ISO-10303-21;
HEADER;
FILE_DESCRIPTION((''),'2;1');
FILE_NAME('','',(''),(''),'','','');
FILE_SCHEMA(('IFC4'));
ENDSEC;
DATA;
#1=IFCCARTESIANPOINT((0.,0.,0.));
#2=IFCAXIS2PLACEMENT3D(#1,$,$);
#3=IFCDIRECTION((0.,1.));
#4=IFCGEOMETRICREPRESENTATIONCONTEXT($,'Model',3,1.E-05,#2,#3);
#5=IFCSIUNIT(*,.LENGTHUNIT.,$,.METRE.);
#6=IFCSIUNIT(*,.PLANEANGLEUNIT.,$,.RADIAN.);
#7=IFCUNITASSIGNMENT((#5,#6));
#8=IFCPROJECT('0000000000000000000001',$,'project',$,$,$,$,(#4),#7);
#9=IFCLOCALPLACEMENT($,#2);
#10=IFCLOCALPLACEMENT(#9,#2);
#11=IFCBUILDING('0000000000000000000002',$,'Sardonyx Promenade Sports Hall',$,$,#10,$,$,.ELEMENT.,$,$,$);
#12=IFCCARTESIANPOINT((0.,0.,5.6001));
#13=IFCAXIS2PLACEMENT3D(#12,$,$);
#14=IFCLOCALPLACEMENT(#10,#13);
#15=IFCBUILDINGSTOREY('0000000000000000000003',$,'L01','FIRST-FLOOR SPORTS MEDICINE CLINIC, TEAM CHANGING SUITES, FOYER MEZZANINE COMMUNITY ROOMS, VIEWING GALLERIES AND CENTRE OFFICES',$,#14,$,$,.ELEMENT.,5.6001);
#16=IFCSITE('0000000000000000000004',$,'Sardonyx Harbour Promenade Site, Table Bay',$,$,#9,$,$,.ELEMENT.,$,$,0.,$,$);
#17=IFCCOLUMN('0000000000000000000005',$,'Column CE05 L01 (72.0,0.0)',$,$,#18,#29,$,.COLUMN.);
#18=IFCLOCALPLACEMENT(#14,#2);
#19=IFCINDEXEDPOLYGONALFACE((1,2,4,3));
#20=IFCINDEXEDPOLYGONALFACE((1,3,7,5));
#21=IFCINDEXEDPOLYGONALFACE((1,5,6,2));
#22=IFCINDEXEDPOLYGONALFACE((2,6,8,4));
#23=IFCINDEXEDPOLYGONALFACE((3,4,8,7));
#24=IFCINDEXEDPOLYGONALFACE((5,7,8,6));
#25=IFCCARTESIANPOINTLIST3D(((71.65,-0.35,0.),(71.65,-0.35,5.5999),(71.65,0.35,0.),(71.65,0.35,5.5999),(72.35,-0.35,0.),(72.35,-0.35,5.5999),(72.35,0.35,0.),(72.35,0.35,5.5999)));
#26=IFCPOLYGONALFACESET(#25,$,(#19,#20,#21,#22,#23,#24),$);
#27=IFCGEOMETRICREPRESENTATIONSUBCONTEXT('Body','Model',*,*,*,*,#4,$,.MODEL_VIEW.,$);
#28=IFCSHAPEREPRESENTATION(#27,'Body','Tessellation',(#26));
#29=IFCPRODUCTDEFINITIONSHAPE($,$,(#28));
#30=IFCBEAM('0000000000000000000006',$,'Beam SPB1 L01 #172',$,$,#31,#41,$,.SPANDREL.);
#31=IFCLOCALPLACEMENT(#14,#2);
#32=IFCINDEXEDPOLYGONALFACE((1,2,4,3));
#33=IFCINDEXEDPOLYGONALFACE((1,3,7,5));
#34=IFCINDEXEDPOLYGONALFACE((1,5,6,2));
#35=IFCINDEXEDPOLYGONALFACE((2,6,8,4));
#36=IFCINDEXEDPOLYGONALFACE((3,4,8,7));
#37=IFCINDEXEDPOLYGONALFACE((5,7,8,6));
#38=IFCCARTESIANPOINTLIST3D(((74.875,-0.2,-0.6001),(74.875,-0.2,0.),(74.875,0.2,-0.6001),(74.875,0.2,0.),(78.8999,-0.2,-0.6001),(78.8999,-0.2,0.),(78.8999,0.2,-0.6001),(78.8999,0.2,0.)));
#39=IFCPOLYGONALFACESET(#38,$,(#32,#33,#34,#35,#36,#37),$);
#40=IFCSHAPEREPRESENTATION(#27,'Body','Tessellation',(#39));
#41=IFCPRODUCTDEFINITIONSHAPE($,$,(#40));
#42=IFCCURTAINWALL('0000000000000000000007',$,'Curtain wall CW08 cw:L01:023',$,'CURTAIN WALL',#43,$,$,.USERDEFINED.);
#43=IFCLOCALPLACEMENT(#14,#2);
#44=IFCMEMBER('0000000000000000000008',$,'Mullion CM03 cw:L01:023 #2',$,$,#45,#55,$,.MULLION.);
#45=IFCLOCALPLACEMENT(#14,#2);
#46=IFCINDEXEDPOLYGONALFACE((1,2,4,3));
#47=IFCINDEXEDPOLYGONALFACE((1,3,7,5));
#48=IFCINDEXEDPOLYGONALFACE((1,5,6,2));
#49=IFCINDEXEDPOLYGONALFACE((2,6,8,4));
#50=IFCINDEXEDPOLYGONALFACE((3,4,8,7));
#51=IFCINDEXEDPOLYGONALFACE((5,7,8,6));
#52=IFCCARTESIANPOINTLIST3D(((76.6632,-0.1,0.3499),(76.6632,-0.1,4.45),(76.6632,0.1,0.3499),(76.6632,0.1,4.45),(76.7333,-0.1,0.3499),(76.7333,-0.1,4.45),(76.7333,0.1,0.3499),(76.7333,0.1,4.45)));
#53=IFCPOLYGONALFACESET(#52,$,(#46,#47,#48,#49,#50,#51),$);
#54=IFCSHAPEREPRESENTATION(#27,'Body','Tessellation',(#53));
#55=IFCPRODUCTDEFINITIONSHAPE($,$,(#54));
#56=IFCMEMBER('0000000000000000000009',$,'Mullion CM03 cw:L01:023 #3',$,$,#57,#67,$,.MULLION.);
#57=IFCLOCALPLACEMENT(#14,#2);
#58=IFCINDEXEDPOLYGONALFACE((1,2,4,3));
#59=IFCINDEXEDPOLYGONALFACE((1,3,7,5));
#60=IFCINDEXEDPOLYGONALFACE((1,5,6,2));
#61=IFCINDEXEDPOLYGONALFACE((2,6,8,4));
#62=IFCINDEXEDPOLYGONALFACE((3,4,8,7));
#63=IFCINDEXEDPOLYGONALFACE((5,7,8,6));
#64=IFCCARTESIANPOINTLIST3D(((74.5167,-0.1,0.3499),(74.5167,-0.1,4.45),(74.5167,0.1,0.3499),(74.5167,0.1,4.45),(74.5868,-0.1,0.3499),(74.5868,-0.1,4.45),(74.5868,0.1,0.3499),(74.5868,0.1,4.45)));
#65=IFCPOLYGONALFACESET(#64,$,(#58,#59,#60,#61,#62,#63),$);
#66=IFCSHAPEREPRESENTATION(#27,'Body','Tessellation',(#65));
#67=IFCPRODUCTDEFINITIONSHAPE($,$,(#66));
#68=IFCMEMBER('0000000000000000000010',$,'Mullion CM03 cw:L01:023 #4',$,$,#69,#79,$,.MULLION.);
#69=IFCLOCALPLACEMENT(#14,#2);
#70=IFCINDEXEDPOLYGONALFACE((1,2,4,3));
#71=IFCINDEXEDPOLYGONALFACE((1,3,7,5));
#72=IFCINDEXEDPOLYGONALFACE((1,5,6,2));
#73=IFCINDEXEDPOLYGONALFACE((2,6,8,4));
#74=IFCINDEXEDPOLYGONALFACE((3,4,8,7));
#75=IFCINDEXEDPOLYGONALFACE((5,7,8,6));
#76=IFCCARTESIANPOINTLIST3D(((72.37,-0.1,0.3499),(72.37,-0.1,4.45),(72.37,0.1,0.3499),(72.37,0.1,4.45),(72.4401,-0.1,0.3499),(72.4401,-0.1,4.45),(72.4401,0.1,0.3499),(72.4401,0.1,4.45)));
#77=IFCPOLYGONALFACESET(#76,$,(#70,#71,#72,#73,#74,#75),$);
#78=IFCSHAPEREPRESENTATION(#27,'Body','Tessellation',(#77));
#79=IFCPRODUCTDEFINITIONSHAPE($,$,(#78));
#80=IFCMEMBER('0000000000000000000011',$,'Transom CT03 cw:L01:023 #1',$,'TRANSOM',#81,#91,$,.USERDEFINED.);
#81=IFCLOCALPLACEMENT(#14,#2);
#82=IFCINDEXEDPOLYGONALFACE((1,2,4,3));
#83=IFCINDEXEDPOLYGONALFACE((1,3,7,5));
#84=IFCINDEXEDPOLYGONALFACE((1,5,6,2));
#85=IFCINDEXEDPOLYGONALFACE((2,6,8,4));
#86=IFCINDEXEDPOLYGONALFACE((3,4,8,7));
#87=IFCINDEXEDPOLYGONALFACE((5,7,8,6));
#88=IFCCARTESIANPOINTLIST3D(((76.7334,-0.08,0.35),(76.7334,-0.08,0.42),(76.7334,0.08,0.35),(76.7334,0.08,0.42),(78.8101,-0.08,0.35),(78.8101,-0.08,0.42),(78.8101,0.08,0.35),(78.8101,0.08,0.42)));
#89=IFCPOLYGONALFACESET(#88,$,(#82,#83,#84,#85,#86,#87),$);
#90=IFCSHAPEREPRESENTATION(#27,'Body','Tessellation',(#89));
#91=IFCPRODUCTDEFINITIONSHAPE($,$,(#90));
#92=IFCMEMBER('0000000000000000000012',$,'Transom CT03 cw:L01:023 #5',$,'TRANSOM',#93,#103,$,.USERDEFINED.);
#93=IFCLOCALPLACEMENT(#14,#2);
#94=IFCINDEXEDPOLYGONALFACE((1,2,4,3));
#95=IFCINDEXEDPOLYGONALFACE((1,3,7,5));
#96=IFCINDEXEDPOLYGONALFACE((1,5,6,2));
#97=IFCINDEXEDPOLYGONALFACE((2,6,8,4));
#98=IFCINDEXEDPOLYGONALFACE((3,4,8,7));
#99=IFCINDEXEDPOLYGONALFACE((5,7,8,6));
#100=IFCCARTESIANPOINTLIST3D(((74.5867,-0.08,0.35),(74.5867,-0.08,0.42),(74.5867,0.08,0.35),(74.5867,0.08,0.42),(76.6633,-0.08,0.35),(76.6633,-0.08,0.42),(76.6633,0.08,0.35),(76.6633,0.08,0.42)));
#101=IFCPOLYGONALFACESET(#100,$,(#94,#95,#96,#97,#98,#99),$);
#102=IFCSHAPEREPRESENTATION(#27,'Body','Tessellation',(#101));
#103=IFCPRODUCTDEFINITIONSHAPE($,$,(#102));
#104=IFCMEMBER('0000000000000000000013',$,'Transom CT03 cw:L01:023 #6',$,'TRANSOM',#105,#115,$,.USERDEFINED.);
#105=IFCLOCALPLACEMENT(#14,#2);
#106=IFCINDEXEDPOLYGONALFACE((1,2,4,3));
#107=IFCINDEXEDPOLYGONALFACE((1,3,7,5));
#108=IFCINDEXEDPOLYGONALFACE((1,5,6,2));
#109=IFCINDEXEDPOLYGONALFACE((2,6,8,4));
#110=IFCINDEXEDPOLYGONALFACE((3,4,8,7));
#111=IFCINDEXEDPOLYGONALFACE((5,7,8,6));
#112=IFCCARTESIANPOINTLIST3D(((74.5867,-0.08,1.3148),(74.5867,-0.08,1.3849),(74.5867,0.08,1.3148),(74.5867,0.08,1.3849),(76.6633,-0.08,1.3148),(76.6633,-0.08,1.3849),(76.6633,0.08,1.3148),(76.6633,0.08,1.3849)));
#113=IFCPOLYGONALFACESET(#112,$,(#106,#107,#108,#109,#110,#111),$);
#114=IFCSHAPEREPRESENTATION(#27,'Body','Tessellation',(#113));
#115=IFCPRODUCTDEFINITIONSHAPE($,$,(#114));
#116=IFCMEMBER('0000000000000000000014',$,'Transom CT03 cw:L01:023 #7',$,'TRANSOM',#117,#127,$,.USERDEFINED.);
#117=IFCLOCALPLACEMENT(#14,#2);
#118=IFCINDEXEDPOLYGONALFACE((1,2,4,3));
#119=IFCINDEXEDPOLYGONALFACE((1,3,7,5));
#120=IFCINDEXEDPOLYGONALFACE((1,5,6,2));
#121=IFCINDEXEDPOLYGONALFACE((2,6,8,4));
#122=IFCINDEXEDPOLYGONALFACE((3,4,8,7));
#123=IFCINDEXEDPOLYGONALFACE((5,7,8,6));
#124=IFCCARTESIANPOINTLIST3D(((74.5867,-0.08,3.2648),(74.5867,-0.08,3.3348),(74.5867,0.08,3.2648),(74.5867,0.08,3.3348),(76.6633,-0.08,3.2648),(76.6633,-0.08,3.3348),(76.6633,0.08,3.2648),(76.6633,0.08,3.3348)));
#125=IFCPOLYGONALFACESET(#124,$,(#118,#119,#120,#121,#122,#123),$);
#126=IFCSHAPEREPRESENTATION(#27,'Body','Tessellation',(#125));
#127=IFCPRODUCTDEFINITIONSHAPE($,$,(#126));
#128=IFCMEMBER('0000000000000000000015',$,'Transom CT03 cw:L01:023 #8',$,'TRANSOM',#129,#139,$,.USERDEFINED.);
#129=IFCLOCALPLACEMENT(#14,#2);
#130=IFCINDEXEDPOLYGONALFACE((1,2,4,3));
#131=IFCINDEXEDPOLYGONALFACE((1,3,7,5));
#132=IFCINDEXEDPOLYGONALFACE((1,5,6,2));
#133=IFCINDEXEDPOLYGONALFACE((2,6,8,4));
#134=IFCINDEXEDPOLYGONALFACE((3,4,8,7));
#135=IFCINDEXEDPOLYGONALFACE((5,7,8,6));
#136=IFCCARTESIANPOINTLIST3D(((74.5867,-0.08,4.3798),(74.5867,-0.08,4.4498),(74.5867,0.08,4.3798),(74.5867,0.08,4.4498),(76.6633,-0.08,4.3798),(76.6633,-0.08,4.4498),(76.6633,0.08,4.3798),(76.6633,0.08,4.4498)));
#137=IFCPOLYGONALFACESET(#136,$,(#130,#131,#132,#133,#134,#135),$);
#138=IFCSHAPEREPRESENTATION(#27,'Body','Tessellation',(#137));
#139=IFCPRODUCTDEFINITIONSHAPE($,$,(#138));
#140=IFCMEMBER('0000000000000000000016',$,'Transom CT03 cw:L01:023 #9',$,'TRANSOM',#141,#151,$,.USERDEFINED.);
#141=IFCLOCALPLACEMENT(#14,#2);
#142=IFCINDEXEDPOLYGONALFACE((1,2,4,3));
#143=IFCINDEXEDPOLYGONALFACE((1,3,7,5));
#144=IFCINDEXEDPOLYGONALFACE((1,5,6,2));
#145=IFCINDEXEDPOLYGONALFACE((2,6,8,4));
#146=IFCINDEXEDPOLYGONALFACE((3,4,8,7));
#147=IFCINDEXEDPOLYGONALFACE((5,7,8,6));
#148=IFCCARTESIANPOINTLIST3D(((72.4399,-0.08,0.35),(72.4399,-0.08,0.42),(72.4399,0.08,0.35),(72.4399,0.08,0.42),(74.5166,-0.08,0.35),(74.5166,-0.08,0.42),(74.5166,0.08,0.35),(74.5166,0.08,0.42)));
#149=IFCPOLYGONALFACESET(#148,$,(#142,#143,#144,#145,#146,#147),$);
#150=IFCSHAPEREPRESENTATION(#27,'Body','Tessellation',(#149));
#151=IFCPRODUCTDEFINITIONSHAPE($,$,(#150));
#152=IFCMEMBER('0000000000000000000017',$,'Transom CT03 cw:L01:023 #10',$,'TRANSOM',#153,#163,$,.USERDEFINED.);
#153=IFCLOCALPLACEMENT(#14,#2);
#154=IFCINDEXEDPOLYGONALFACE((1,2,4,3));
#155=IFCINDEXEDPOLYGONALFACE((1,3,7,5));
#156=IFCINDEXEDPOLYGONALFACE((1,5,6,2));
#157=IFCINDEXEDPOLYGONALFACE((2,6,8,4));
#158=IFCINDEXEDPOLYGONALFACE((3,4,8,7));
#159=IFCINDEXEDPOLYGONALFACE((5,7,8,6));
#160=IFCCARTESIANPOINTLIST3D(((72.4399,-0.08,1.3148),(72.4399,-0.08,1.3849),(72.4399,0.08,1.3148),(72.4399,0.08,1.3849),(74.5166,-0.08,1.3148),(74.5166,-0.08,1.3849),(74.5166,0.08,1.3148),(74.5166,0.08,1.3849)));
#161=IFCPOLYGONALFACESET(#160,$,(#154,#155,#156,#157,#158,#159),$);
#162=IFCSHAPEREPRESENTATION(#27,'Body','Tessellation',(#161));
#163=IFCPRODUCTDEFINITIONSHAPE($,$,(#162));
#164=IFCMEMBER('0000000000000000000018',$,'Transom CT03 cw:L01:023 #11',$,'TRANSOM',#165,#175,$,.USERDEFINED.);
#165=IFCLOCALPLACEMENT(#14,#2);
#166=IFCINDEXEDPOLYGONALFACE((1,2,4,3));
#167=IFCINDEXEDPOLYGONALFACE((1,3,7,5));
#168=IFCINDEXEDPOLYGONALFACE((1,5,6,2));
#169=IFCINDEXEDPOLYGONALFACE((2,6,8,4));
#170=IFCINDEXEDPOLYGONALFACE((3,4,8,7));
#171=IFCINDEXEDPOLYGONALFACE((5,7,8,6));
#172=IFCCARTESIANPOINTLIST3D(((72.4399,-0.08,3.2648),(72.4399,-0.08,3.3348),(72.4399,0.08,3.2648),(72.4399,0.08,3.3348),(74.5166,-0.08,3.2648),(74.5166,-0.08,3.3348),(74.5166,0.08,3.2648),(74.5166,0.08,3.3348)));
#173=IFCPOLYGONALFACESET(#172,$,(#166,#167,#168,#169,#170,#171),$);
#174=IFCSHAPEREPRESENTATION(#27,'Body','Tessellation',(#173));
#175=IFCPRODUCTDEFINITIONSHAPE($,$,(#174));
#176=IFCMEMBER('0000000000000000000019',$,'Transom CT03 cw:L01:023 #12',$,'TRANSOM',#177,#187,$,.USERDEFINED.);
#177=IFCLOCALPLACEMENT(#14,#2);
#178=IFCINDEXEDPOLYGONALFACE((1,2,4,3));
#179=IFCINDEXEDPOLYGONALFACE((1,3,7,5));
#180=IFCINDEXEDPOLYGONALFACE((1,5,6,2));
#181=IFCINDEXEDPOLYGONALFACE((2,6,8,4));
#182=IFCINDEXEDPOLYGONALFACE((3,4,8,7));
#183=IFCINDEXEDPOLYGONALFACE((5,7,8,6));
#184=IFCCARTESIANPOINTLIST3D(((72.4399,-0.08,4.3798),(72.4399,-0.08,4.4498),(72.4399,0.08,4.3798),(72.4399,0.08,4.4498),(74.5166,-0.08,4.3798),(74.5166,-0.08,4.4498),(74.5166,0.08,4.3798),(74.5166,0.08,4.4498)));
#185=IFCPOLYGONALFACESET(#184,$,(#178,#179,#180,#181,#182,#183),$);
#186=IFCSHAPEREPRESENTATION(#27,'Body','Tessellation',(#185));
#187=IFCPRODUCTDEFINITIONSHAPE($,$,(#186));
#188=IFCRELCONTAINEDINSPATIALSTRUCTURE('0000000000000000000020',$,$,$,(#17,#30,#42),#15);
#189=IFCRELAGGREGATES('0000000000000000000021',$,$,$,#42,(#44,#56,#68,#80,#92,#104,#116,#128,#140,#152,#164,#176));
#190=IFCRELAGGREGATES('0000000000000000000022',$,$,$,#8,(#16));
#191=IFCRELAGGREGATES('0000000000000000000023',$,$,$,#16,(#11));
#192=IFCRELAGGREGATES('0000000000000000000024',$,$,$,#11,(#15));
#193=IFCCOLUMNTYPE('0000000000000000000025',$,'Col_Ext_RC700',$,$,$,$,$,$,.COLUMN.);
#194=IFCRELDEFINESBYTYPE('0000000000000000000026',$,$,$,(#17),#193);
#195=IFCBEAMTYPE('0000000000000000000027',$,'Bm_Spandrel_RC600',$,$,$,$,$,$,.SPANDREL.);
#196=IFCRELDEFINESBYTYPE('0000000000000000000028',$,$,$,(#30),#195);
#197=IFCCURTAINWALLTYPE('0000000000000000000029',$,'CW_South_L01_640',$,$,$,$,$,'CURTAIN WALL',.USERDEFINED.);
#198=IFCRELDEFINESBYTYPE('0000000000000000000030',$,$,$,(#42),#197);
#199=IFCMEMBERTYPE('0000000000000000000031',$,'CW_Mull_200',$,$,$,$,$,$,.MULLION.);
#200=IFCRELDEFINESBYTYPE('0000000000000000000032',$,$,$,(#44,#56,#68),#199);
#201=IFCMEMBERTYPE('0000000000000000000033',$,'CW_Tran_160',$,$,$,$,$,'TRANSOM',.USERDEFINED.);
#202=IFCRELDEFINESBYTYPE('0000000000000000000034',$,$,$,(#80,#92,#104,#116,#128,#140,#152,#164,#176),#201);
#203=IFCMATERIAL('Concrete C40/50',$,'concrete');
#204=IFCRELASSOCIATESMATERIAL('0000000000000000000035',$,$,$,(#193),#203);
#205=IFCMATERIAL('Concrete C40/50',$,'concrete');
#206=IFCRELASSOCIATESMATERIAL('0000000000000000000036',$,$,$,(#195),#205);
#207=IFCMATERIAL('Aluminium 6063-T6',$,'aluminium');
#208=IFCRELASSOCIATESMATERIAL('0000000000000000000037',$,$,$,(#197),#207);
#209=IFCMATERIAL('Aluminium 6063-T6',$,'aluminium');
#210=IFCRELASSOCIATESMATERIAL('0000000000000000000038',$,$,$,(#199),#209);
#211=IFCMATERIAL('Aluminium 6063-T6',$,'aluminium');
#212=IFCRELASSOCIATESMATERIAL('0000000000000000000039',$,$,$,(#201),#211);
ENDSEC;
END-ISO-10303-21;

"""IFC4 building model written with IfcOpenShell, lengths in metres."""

from ifc_helpers import new_model, si_unit, direction, frame, origin, origin_2d, place, context, subcontext, project, spatial, rectangle, extrude, material, material_profile, profile_set, type_object, element, aggregate, save


model = new_model("IFC4")

# Units and contexts
model_context = context("Model", 3, precision=1e-05, world=origin(), true_north=direction((0.0, 1.0)))
body_context = subcontext(model_context, "Body", "Model", "MODEL_VIEW")
ifc_project = project(units=[si_unit("LENGTHUNIT", "METRE"), si_unit("PLANEANGLEUNIT", "RADIAN")], contexts=[model_context])

# Site, building, storey
site_placement = place(None, origin())
site = spatial("IfcSite", under=ifc_project, at=site_placement, Name="Sardonyx Harbour Promenade Site, Table Bay", CompositionType="ELEMENT", RefElevation=0.0)
building_placement = place(site_placement, origin())
building = spatial("IfcBuilding", under=site, at=building_placement, Name="Sardonyx Promenade Sports Hall", CompositionType="ELEMENT")
storey_placement = place(building_placement, frame((0.0, 0.0, 5.6001)))
storey = spatial("IfcBuildingStorey", under=building, at=storey_placement, Name="L01", Description="FIRST-FLOOR SPORTS MEDICINE CLINIC, TEAM CHANGING SUITES, FOYER MEZZANINE COMMUNITY ROOMS, VIEWING GALLERIES AND CENTRE OFFICES", CompositionType="ELEMENT", Elevation=5.6001)

# Column
ifc_material_1 = material(Name="Concrete C40/50", Category="concrete")
ifc_material_profile_1 = material_profile(ifc_material_1, rectangle(XDim=0.7, YDim=0.7, at=origin_2d()))
ifc_profile_set_1 = profile_set([ifc_material_profile_1], Name="Concrete C40/50")
column_type = type_object("IfcColumnType", Name="Col_Ext_RC700", PredefinedType="COLUMN", material=ifc_profile_set_1)
column_placement = place(storey_placement, frame((72.0, 0.0, 0.0), z_axis=(0.0, 0.0, 1.0), x_axis=(1.0, 0.0, 0.0)))
element("IfcColumn", 1, at=column_placement, inside=storey, type_object=column_type, Name="Column CE05 L01 (72.0,0.0)", PredefinedType="COLUMN", context=body_context, shape_type="SweptSolid", body=[
    extrude(rectangle(XDim=0.7, YDim=0.7, at=origin_2d()), origin(), (0.0, 0.0, 1.0), 5.5999),
])

# Beam
ifc_material_2 = material(Name="Concrete C40/50", Category="concrete")
ifc_material_profile_2 = material_profile(ifc_material_2, rectangle(XDim=0.3999, YDim=0.6001, at=origin_2d()))
ifc_profile_set_2 = profile_set([ifc_material_profile_2], Name="Concrete C40/50")
beam_type = type_object("IfcBeamType", Name="Bm_Spandrel_RC600", PredefinedType="SPANDREL", material=ifc_profile_set_2)
beam_placement = place(storey_placement, frame((74.875, 0.0, -0.3), z_axis=(1.0, 0.0, 0.0), x_axis=(0.0, 1.0, 0.0)))
element("IfcBeam", 2, at=beam_placement, inside=storey, type_object=beam_type, Name="Beam SPB1 L01 #172", PredefinedType="SPANDREL", context=body_context, shape_type="SweptSolid", body=[
    extrude(rectangle(XDim=0.3999, YDim=0.6001, at=origin_2d()), origin(), (0.0, 0.0, 1.0), 4.0249),
])

# Curtain wall, members
ifc_material_3 = material(Name="Aluminium 6063-T6", Category="aluminium")
curtain_wall_type = type_object("IfcCurtainWallType", Name="CW_South_L01_640", ElementType="CURTAIN WALL", PredefinedType="USERDEFINED", material=ifc_material_3)
curtain_wall_placement = place(storey_placement, origin())
curtain_wall = element("IfcCurtainWall", 3, at=curtain_wall_placement, inside=storey, type_object=curtain_wall_type, Name="Curtain wall CW08 cw:L01:023", ObjectType="CURTAIN WALL", PredefinedType="USERDEFINED")
ifc_material_4 = material(Name="Aluminium 6063-T6", Category="aluminium")
ifc_material_profile_3 = material_profile(ifc_material_4, rectangle(XDim=0.0701, YDim=0.2, at=origin_2d()))
ifc_profile_set_3 = profile_set([ifc_material_profile_3], Name="Aluminium 6063-T6")
member_type_1 = type_object("IfcMemberType", Name="CW_Mull_200", PredefinedType="MULLION", material=ifc_profile_set_3)
member_1_placement = place(storey_placement, frame((76.6982, 0.0, 0.3499), z_axis=(0.0, 0.0, 1.0), x_axis=(-1.0, 0.0, 0.0)))
member_1 = element("IfcMember", 4, at=member_1_placement, type_object=member_type_1, Name="Mullion CM03 cw:L01:023 #2", PredefinedType="MULLION", context=body_context, shape_type="SweptSolid", body=[
    extrude(rectangle(XDim=0.0701, YDim=0.2, at=origin_2d()), origin(), (0.0, 0.0, 1.0), 4.1001),
])
member_2_placement = place(storey_placement, frame((74.5518, 0.0, 0.3499), z_axis=(0.0, 0.0, 1.0), x_axis=(-1.0, 0.0, 0.0)))
member_2 = element("IfcMember", 5, at=member_2_placement, type_object=member_type_1, Name="Mullion CM03 cw:L01:023 #3", PredefinedType="MULLION", context=body_context, shape_type="SweptSolid", body=[
    extrude(rectangle(XDim=0.0701, YDim=0.2, at=origin_2d()), origin(), (0.0, 0.0, 1.0), 4.1001),
])
member_3_placement = place(storey_placement, frame((72.405, 0.0, 0.3499), z_axis=(0.0, 0.0, 1.0), x_axis=(-1.0, 0.0, 0.0)))
member_3 = element("IfcMember", 6, at=member_3_placement, type_object=member_type_1, Name="Mullion CM03 cw:L01:023 #4", PredefinedType="MULLION", context=body_context, shape_type="SweptSolid", body=[
    extrude(rectangle(XDim=0.0701, YDim=0.2, at=origin_2d()), origin(), (0.0, 0.0, 1.0), 4.1001),
])
ifc_material_5 = material(Name="Aluminium 6063-T6", Category="aluminium")
ifc_material_profile_4 = material_profile(ifc_material_5, rectangle(XDim=0.0701, YDim=0.1599, at=origin_2d()))
ifc_profile_set_4 = profile_set([ifc_material_profile_4], Name="Aluminium 6063-T6")
member_type_2 = type_object("IfcMemberType", Name="CW_Tran_160", ElementType="TRANSOM", PredefinedType="USERDEFINED", material=ifc_profile_set_4)
member_4_placement = place(storey_placement, frame((78.8101, 0.0, 0.385), z_axis=(-1.0, 0.0, 0.0), x_axis=(0.0, 0.0, 1.0)))
member_4 = element("IfcMember", 7, at=member_4_placement, type_object=member_type_2, Name="Transom CT03 cw:L01:023 #1", ObjectType="TRANSOM", PredefinedType="USERDEFINED", context=body_context, shape_type="SweptSolid", body=[
    extrude(rectangle(XDim=0.0701, YDim=0.1599, at=origin_2d()), origin(), (0.0, 0.0, 1.0), 2.0767),
])
member_5_placement = place(storey_placement, frame((76.6633, 0.0, 0.385), z_axis=(-1.0, 0.0, 0.0), x_axis=(0.0, 0.0, 1.0)))
member_5 = element("IfcMember", 8, at=member_5_placement, type_object=member_type_2, Name="Transom CT03 cw:L01:023 #5", ObjectType="TRANSOM", PredefinedType="USERDEFINED", context=body_context, shape_type="SweptSolid", body=[
    extrude(rectangle(XDim=0.0701, YDim=0.1599, at=origin_2d()), origin(), (0.0, 0.0, 1.0), 2.0767),
])
member_6_placement = place(storey_placement, frame((76.6633, 0.0, 1.3499), z_axis=(-1.0, 0.0, 0.0), x_axis=(0.0, 0.0, 1.0)))
member_6 = element("IfcMember", 9, at=member_6_placement, type_object=member_type_2, Name="Transom CT03 cw:L01:023 #6", ObjectType="TRANSOM", PredefinedType="USERDEFINED", context=body_context, shape_type="SweptSolid", body=[
    extrude(rectangle(XDim=0.0701, YDim=0.1599, at=origin_2d()), origin(), (0.0, 0.0, 1.0), 2.0767),
])
member_7_placement = place(storey_placement, frame((76.6633, 0.0, 3.2998), z_axis=(-1.0, 0.0, 0.0), x_axis=(0.0, 0.0, 1.0)))
member_7 = element("IfcMember", 10, at=member_7_placement, type_object=member_type_2, Name="Transom CT03 cw:L01:023 #7", ObjectType="TRANSOM", PredefinedType="USERDEFINED", context=body_context, shape_type="SweptSolid", body=[
    extrude(rectangle(XDim=0.0701, YDim=0.1599, at=origin_2d()), origin(), (0.0, 0.0, 1.0), 2.0767),
])
member_8_placement = place(storey_placement, frame((76.6633, 0.0, 4.4148), z_axis=(-1.0, 0.0, 0.0), x_axis=(0.0, 0.0, 1.0)))
member_8 = element("IfcMember", 11, at=member_8_placement, type_object=member_type_2, Name="Transom CT03 cw:L01:023 #8", ObjectType="TRANSOM", PredefinedType="USERDEFINED", context=body_context, shape_type="SweptSolid", body=[
    extrude(rectangle(XDim=0.0701, YDim=0.1599, at=origin_2d()), origin(), (0.0, 0.0, 1.0), 2.0767),
])
member_9_placement = place(storey_placement, frame((74.5166, 0.0, 0.385), z_axis=(-1.0, 0.0, 0.0), x_axis=(0.0, 0.0, 1.0)))
member_9 = element("IfcMember", 12, at=member_9_placement, type_object=member_type_2, Name="Transom CT03 cw:L01:023 #9", ObjectType="TRANSOM", PredefinedType="USERDEFINED", context=body_context, shape_type="SweptSolid", body=[
    extrude(rectangle(XDim=0.0701, YDim=0.1599, at=origin_2d()), origin(), (0.0, 0.0, 1.0), 2.0767),
])
member_10_placement = place(storey_placement, frame((74.5166, 0.0, 1.3499), z_axis=(-1.0, 0.0, 0.0), x_axis=(0.0, 0.0, 1.0)))
member_10 = element("IfcMember", 13, at=member_10_placement, type_object=member_type_2, Name="Transom CT03 cw:L01:023 #10", ObjectType="TRANSOM", PredefinedType="USERDEFINED", context=body_context, shape_type="SweptSolid", body=[
    extrude(rectangle(XDim=0.0701, YDim=0.1599, at=origin_2d()), origin(), (0.0, 0.0, 1.0), 2.0767),
])
member_11_placement = place(storey_placement, frame((74.5166, 0.0, 3.2998), z_axis=(-1.0, 0.0, 0.0), x_axis=(0.0, 0.0, 1.0)))
member_11 = element("IfcMember", 14, at=member_11_placement, type_object=member_type_2, Name="Transom CT03 cw:L01:023 #11", ObjectType="TRANSOM", PredefinedType="USERDEFINED", context=body_context, shape_type="SweptSolid", body=[
    extrude(rectangle(XDim=0.0701, YDim=0.1599, at=origin_2d()), origin(), (0.0, 0.0, 1.0), 2.0767),
])
member_12_placement = place(storey_placement, frame((74.5166, 0.0, 4.4148), z_axis=(-1.0, 0.0, 0.0), x_axis=(0.0, 0.0, 1.0)))
member_12 = element("IfcMember", 15, at=member_12_placement, type_object=member_type_2, Name="Transom CT03 cw:L01:023 #12", ObjectType="TRANSOM", PredefinedType="USERDEFINED", context=body_context, shape_type="SweptSolid", body=[
    extrude(rectangle(XDim=0.0701, YDim=0.1599, at=origin_2d()), origin(), (0.0, 0.0, 1.0), 2.0767),
])
aggregate(curtain_wall, [member_1, member_2, member_3, member_4, member_5, member_6, member_7, member_8, member_9, member_10, member_11, member_12])

save(model, "model.ifc")
